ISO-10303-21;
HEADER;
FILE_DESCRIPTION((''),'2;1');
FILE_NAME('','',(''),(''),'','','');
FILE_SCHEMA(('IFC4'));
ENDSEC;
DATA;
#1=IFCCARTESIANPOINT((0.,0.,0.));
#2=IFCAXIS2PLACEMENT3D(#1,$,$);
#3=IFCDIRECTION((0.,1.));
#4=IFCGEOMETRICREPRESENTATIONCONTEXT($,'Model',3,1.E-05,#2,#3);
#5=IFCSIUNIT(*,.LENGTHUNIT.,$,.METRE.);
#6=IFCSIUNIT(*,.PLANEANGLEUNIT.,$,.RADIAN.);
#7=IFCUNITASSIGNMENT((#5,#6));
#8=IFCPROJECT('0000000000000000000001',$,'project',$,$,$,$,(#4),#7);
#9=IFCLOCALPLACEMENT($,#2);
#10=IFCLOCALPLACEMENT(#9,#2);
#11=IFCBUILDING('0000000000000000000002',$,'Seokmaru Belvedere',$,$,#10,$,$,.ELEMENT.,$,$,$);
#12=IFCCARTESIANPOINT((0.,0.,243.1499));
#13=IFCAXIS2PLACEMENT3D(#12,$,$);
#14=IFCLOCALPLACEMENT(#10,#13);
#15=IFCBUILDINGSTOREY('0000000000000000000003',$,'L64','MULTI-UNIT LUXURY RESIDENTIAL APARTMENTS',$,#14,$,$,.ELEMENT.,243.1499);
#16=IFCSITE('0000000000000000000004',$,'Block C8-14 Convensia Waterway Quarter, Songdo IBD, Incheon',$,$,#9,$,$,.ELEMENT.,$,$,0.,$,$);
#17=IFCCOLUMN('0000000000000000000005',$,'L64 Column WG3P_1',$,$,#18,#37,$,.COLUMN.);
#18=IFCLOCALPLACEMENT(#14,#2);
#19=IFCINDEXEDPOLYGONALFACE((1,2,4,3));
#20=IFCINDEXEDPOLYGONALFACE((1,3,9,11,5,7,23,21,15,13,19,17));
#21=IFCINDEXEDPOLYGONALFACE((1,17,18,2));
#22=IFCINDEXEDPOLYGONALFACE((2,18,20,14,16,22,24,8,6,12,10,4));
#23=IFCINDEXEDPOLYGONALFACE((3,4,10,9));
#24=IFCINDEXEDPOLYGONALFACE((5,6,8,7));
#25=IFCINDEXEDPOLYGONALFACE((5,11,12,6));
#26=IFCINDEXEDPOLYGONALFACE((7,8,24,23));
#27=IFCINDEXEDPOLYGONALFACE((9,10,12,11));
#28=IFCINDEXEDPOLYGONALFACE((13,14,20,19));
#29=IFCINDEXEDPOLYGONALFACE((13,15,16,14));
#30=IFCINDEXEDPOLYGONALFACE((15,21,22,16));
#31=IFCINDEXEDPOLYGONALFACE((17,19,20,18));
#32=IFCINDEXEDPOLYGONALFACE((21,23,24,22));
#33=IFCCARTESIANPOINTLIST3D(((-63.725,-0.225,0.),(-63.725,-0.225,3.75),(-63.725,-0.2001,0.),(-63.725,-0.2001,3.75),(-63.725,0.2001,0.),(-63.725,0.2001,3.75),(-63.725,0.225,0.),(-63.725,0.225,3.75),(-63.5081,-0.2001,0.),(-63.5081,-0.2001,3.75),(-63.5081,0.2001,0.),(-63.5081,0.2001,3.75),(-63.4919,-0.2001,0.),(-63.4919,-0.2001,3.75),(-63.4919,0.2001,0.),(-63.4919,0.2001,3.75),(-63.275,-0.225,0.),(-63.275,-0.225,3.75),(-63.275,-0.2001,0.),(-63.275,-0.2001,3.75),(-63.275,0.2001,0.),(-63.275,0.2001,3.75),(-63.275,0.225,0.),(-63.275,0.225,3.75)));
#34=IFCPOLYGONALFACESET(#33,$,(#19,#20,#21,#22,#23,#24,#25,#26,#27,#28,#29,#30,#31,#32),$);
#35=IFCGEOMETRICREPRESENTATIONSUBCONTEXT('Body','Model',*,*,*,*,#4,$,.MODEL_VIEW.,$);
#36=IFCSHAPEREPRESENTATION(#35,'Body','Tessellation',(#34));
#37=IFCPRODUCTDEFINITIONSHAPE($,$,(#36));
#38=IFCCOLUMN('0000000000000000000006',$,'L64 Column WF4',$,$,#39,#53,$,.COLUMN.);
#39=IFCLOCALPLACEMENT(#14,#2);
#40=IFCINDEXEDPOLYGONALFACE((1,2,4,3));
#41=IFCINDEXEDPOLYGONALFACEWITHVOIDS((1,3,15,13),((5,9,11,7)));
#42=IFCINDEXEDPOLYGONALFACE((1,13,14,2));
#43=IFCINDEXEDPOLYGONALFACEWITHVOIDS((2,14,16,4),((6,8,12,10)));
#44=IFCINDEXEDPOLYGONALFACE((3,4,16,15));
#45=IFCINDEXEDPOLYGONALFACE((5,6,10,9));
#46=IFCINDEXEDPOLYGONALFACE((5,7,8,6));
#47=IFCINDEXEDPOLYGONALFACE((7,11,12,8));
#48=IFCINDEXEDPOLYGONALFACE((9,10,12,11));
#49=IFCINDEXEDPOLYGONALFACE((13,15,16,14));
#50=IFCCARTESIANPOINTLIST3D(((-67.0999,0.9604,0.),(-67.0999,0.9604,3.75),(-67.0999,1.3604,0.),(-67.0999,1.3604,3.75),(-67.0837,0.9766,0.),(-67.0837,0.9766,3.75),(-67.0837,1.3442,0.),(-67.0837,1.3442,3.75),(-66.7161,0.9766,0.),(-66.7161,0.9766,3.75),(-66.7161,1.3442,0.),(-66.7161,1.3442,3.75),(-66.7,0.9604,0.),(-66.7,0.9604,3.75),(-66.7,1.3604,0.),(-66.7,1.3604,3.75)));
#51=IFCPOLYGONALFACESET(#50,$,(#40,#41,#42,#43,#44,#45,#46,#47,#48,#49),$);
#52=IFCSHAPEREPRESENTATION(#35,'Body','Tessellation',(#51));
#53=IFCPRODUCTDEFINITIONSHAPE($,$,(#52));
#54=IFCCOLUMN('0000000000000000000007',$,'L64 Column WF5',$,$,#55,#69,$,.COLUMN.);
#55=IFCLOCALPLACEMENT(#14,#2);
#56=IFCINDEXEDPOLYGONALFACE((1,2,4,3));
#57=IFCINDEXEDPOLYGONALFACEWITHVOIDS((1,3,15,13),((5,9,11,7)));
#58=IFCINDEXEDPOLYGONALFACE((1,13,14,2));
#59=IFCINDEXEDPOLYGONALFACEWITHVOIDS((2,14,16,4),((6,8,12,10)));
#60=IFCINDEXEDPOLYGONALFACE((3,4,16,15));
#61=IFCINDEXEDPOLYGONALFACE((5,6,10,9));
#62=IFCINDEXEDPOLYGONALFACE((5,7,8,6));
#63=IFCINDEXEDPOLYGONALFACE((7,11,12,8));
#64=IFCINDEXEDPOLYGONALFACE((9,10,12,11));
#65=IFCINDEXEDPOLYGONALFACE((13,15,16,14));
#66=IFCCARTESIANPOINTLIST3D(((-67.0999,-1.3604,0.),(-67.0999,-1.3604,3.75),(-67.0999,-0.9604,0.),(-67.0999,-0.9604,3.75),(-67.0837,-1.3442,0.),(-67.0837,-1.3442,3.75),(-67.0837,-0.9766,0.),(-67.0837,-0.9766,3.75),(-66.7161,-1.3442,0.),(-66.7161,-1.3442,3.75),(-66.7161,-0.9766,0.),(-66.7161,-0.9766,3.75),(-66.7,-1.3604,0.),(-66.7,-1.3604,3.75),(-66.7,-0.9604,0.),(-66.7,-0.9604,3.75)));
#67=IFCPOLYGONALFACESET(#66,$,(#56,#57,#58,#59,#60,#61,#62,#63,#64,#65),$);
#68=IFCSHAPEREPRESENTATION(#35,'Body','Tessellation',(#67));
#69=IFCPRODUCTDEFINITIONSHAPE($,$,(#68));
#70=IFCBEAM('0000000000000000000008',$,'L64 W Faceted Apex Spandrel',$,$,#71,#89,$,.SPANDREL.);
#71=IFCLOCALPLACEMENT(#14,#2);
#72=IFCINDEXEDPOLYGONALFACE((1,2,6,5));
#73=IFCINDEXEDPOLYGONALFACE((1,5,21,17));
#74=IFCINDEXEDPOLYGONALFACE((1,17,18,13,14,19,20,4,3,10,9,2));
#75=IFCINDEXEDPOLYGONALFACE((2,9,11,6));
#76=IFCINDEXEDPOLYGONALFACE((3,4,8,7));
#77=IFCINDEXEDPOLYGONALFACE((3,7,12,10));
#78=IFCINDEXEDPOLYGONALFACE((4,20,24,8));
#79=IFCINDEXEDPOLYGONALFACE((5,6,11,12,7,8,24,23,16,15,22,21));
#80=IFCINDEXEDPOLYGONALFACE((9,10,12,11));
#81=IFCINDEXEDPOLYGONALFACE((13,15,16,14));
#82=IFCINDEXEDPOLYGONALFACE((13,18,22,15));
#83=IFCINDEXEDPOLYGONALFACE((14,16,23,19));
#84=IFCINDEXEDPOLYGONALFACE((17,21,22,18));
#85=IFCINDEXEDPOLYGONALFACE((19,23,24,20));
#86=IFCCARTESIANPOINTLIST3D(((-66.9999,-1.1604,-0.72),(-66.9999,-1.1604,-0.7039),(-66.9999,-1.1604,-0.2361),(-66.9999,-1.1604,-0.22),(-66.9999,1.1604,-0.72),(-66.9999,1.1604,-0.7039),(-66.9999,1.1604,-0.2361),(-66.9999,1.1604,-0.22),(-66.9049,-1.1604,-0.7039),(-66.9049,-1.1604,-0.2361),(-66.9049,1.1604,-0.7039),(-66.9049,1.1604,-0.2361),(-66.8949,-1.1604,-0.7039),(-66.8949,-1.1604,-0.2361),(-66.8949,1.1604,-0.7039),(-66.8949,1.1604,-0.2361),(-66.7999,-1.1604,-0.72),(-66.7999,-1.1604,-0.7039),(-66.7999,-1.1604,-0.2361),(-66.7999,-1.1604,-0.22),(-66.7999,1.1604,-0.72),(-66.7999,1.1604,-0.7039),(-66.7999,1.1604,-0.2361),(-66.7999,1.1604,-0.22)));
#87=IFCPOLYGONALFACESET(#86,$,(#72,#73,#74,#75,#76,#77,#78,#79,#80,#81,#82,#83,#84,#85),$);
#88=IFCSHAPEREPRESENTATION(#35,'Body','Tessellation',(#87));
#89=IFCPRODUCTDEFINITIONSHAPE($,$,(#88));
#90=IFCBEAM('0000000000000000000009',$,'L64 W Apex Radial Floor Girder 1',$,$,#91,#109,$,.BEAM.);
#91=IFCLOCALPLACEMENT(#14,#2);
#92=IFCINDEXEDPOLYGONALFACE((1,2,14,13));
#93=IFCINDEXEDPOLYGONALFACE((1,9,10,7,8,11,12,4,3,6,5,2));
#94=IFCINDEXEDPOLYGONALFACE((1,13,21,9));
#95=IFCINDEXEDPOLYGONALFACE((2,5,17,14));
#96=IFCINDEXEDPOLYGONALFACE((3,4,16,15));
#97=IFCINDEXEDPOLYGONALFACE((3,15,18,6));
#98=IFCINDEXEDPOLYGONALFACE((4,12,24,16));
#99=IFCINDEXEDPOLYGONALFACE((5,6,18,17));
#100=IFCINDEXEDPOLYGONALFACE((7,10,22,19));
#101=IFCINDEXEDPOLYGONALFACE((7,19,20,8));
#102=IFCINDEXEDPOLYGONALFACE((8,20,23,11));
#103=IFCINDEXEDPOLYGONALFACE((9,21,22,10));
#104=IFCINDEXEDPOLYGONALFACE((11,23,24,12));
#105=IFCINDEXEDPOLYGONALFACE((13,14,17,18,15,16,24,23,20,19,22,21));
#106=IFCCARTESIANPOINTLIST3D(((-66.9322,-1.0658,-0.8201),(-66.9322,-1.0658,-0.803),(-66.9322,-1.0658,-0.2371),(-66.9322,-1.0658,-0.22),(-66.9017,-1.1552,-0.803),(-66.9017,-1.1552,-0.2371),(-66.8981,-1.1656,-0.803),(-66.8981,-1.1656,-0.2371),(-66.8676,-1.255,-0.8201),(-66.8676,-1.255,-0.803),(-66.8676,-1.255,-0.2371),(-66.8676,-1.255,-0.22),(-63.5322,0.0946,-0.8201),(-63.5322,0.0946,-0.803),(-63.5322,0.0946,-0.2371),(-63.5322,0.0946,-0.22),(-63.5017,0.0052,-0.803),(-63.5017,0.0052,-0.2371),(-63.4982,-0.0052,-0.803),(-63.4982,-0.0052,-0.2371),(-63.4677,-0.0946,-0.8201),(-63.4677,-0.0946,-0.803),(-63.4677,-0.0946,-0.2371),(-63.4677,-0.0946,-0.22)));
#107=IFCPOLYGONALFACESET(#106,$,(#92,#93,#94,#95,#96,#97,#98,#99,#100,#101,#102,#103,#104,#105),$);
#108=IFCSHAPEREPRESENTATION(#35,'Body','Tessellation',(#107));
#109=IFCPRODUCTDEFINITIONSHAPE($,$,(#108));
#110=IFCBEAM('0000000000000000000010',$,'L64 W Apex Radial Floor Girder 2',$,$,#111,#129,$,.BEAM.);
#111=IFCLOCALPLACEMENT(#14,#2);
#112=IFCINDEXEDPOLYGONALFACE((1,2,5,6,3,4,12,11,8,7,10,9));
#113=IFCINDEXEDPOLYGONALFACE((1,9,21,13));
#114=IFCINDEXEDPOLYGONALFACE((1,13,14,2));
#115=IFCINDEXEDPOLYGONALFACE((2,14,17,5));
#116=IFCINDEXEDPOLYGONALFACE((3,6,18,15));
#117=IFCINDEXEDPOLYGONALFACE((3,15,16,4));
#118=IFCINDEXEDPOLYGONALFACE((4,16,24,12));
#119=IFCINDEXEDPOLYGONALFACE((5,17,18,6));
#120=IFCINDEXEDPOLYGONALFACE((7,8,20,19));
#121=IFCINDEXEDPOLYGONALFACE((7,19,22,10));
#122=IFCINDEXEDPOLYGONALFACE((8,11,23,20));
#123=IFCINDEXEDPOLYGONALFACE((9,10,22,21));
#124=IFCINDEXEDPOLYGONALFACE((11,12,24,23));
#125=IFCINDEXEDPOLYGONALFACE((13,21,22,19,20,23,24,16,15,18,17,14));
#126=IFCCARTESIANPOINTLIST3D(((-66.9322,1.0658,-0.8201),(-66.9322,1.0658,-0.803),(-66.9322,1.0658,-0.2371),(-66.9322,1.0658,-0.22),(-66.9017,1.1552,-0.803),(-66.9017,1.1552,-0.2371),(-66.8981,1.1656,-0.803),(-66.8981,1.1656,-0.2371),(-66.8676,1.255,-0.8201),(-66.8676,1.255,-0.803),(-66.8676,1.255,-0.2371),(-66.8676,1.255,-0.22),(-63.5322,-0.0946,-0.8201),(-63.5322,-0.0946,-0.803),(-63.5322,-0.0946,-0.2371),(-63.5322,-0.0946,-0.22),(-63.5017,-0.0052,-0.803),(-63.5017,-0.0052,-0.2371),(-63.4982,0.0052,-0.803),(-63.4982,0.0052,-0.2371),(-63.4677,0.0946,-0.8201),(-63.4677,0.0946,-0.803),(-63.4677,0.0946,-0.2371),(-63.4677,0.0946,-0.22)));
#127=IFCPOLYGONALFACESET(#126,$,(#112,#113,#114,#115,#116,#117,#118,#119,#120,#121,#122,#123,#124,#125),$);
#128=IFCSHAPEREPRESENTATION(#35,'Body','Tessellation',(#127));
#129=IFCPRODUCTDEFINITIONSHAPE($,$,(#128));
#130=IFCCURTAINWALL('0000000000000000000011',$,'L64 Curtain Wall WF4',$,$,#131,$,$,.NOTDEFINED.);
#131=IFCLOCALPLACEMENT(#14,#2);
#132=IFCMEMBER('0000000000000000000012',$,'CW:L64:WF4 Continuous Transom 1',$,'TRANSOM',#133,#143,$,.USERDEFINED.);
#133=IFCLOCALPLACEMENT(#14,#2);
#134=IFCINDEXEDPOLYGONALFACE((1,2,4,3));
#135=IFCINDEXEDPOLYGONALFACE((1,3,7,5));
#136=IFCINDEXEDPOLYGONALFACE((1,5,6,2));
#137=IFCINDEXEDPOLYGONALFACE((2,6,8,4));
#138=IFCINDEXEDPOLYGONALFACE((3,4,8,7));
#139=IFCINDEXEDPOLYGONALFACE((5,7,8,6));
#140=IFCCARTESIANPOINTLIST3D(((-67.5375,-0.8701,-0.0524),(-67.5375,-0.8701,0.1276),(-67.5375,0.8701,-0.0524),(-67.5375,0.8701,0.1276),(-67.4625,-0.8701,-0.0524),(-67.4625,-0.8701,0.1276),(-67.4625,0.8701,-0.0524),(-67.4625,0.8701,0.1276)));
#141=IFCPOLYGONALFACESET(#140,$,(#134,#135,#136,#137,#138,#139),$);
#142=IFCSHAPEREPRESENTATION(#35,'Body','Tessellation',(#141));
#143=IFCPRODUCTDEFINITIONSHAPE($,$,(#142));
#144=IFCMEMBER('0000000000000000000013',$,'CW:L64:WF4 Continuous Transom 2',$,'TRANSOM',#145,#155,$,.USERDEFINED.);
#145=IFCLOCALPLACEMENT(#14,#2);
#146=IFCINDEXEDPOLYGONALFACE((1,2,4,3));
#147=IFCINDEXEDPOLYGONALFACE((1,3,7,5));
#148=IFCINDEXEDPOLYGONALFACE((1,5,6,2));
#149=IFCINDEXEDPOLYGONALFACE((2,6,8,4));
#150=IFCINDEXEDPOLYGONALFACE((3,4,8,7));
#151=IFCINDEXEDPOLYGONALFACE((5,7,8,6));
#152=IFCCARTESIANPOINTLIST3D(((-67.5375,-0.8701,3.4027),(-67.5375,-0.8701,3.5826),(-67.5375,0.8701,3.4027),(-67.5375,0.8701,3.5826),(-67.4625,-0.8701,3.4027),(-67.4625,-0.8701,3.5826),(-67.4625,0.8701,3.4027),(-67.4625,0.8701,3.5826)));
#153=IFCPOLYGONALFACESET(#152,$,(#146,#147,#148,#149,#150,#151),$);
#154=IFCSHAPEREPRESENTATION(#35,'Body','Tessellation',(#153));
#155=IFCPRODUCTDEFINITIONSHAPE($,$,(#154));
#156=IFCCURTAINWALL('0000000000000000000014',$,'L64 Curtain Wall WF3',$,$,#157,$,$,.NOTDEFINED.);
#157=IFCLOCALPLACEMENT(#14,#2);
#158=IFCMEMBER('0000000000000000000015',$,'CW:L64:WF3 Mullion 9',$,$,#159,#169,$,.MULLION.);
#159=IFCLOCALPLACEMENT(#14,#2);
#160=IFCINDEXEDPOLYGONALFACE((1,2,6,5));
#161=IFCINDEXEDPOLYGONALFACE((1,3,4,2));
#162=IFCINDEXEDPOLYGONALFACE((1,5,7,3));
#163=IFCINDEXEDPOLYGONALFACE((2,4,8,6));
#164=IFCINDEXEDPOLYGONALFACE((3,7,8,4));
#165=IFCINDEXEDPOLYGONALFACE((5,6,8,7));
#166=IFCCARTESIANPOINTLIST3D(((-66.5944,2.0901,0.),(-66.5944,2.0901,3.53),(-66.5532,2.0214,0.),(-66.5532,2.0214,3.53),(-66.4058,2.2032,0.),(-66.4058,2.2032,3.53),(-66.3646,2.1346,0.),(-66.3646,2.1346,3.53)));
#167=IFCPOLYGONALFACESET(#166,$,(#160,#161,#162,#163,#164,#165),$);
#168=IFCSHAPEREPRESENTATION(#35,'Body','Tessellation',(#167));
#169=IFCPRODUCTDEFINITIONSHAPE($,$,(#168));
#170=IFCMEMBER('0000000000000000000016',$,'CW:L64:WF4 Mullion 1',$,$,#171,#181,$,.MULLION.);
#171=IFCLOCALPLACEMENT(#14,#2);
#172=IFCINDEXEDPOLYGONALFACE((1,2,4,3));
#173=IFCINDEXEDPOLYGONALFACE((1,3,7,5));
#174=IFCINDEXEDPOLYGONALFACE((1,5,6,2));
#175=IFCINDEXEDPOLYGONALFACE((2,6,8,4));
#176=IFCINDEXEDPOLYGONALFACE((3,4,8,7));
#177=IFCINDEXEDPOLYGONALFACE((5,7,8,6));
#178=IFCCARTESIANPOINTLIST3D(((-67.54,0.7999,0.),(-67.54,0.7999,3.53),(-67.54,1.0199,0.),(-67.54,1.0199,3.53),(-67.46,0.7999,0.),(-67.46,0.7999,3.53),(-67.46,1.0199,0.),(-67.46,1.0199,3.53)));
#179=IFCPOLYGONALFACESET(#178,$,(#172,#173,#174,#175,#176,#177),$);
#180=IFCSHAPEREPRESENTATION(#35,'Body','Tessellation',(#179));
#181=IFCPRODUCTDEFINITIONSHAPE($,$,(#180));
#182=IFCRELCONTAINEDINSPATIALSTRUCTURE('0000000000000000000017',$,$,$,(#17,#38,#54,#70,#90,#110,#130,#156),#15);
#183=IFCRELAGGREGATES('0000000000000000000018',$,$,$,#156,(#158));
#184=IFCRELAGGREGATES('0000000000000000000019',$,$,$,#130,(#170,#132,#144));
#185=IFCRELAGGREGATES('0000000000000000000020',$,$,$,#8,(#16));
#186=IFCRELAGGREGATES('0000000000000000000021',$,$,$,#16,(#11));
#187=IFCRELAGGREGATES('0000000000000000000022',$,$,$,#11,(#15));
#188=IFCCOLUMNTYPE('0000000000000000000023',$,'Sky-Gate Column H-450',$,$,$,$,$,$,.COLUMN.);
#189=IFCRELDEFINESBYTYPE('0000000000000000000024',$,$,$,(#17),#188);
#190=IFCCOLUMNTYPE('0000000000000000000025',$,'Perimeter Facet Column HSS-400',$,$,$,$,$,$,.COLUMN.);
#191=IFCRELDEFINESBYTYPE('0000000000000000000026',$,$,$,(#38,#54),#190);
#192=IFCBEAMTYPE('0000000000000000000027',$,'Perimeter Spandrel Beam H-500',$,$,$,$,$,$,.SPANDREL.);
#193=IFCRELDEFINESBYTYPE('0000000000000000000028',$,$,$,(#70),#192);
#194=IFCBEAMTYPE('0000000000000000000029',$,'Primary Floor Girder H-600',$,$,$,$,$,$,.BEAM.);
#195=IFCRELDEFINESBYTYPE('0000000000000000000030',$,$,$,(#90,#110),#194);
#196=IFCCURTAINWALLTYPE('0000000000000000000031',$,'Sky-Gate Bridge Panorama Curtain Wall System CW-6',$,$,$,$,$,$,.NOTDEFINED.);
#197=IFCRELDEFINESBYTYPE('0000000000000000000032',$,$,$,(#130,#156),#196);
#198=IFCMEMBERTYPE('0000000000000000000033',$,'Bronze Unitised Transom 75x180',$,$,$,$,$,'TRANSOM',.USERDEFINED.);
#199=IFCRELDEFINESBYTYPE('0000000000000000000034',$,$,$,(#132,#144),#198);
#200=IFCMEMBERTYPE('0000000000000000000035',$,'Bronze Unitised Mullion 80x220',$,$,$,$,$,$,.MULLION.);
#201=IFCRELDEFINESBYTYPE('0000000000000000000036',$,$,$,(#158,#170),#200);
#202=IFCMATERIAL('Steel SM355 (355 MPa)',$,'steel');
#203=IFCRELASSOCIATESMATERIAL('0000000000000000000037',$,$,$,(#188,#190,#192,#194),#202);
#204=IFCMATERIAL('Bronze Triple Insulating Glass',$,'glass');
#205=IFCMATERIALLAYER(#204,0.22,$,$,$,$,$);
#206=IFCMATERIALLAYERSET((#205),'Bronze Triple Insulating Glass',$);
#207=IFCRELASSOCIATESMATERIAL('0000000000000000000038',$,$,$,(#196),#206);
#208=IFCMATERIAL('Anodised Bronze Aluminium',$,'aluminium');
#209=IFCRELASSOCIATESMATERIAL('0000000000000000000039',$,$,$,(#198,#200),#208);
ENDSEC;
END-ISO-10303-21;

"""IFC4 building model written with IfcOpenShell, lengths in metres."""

from ifc_helpers import new_model, si_unit, direction, frame, origin, origin_2d, place, context, subcontext, project, spatial, rectangle, hollow_rectangle, i_section, extrude, source, transform, mapped, material, layer, layer_set, material_profile, profile_set, type_object, type_shapes, element, aggregate, save


model = new_model("IFC4")

# Units and contexts
model_context = context("Model", 3, precision=1e-05, world=origin(), true_north=direction((0.0, 1.0)))
body_context = subcontext(model_context, "Body", "Model", "MODEL_VIEW")
ifc_project = project(units=[si_unit("LENGTHUNIT", "METRE"), si_unit("PLANEANGLEUNIT", "RADIAN")], contexts=[model_context])

# Site, building, storey
site_placement = place(None, origin())
site = spatial("IfcSite", under=ifc_project, at=site_placement, Name="Block C8-14 Convensia Waterway Quarter, Songdo IBD, Incheon", CompositionType="ELEMENT", RefElevation=0.0)
building_placement = place(site_placement, origin())
building = spatial("IfcBuilding", under=site, at=building_placement, Name="Seokmaru Belvedere", CompositionType="ELEMENT")
storey_placement = place(building_placement, frame((0.0, 0.0, 243.1499)))
storey = spatial("IfcBuildingStorey", under=building, at=storey_placement, Name="L64", Description="MULTI-UNIT LUXURY RESIDENTIAL APARTMENTS", CompositionType="ELEMENT", Elevation=243.1499)

# Columns
ifc_material_1 = material(Name="Steel SM355 (355 MPa)", Category="steel")
ifc_material_profile_1 = material_profile(ifc_material_1, i_section(OverallWidth=0.45, OverallDepth=0.45, WebThickness=0.0161, FlangeThickness=0.0249, at=origin_2d()), Name="H-450x450x16x25")
ifc_profile_set_1 = profile_set([ifc_material_profile_1], Name="Steel SM355 (355 MPa)")
column_type_1 = type_object("IfcColumnType", Name="Sky-Gate Column H-450", PredefinedType="COLUMN", material=ifc_profile_set_1)
shared_shape_1 = source(origin(), body_context, "Body", "SweptSolid", [
    extrude(i_section(OverallWidth=0.45, OverallDepth=0.45, WebThickness=0.0161, FlangeThickness=0.0249, at=origin_2d()), origin(), (0.0, 0.0, 1.0), 3.75),
])
type_shapes(column_type_1, [shared_shape_1])
column_placement = place(storey_placement, frame((-63.5, 0.0, 0.0), z_axis=(0.0, 0.0, 1.0), x_axis=(1.0, 0.0, 0.0)))
element("IfcColumn", 1, at=column_placement, inside=storey, type_object=column_type_1, Name="L64 Column WG3P_1", PredefinedType="COLUMN", context=body_context, shape_type="MappedRepresentation", body=[
    mapped(shared_shape_1, transform((0.0, 0.0, 0.0), scale=1.0)),
])
ifc_material_profile_2 = material_profile(ifc_material_1, hollow_rectangle(XDim=0.3999, YDim=0.3999, WallThickness=0.0161, at=origin_2d()), Name="HSS-400x400x16")
ifc_profile_set_2 = profile_set([ifc_material_profile_2], Name="Steel SM355 (355 MPa)")
column_type_2 = type_object("IfcColumnType", Name="Perimeter Facet Column HSS-400", PredefinedType="COLUMN", material=ifc_profile_set_2)
shared_shape_2 = source(origin(), body_context, "Body", "SweptSolid", [
    extrude(hollow_rectangle(XDim=0.3999, YDim=0.3999, WallThickness=0.0161, at=origin_2d()), origin(), (0.0, 0.0, 1.0), 3.75),
])
type_shapes(column_type_2, [shared_shape_2])
for number, where, z_axis, x_axis, name in (
    (2, (-66.8999, 1.1604, 0.0), (0.0, 0.0, 1.0), (1.0, 0.0, 0.0), "L64 Column WF4"),
    (3, (-66.8999, -1.1604, 0.0), (0.0, 0.0, 1.0), (1.0, 0.0, 0.0), "L64 Column WF5"),
):
    element("IfcColumn", number, at=place(storey_placement, frame(where, z_axis=z_axis, x_axis=x_axis)), inside=storey, type_object=column_type_2, Name=name, PredefinedType="COLUMN", context=body_context, shape_type="MappedRepresentation", body=[
        mapped(shared_shape_2, transform((0.0, 0.0, 0.0), scale=1.0)),
    ])

# Beams
ifc_material_profile_3 = material_profile(ifc_material_1, i_section(OverallWidth=0.2, OverallDepth=0.5, WebThickness=0.01, FlangeThickness=0.0161, at=origin_2d()), Name="H-500x200x10x16")
ifc_profile_set_3 = profile_set([ifc_material_profile_3], Name="Steel SM355 (355 MPa)")
beam_type_1 = type_object("IfcBeamType", Name="Perimeter Spandrel Beam H-500", PredefinedType="SPANDREL", material=ifc_profile_set_3)
shared_shape_3 = source(origin(), body_context, "Body", "SweptSolid", [
    extrude(i_section(OverallWidth=0.2, OverallDepth=0.5, WebThickness=0.01, FlangeThickness=0.0161, at=origin_2d()), origin(), (0.0, 0.0, 1.0), 2.3208),
])
type_shapes(beam_type_1, [shared_shape_3])
beam_placement = place(storey_placement, frame((-66.8999, -1.1604, -0.47), z_axis=(0.0, 1.0, 0.0), x_axis=(-1.0, 0.0, 0.0)))
element("IfcBeam", 4, at=beam_placement, inside=storey, type_object=beam_type_1, Name="L64 W Faceted Apex Spandrel", PredefinedType="SPANDREL", context=body_context, shape_type="MappedRepresentation", body=[
    mapped(shared_shape_3, transform((0.0, 0.0, 0.0), scale=1.0)),
])
ifc_material_profile_4 = material_profile(ifc_material_1, i_section(OverallWidth=0.2, OverallDepth=0.6001, WebThickness=0.011, FlangeThickness=0.0171, at=origin_2d()), Name="H-600x200x11x17")
ifc_profile_set_4 = profile_set([ifc_material_profile_4], Name="Steel SM355 (355 MPa)")
beam_type_2 = type_object("IfcBeamType", Name="Primary Floor Girder H-600", PredefinedType="BEAM", material=ifc_profile_set_4)
shared_shape_4 = source(origin(), body_context, "Body", "SweptSolid", [
    extrude(i_section(OverallWidth=0.2, OverallDepth=0.6001, WebThickness=0.011, FlangeThickness=0.0171, at=origin_2d()), origin(), (0.0, 0.0, 1.0), 3.5925),
])
type_shapes(beam_type_2, [shared_shape_4])
for number, where, z_axis, x_axis, name in (
    (5, (-66.8999, -1.1604, -0.52), (0.946396, 0.323009, 0.0), (-0.323009, 0.946396, 0.0), "L64 W Apex Radial Floor Girder 1"),
    (6, (-66.8999, 1.1604, -0.52), (0.946396, -0.323009, 0.0), (0.323009, 0.946396, 0.0), "L64 W Apex Radial Floor Girder 2"),
):
    element("IfcBeam", number, at=place(storey_placement, frame(where, z_axis=z_axis, x_axis=x_axis)), inside=storey, type_object=beam_type_2, Name=name, PredefinedType="BEAM", context=body_context, shape_type="MappedRepresentation", body=[
        mapped(shared_shape_4, transform((0.0, 0.0, 0.0), scale=1.0)),
    ])

# Curtain wall, members
ifc_material_2 = material(Name="Bronze Triple Insulating Glass", Category="glass")
ifc_layer_1 = layer(ifc_material_2, 0.22)
ifc_layer_set_1 = layer_set([ifc_layer_1], Name="Bronze Triple Insulating Glass")
curtain_wall_type = type_object("IfcCurtainWallType", Name="Sky-Gate Bridge Panorama Curtain Wall System CW-6", PredefinedType="NOTDEFINED", material=ifc_layer_set_1)
curtain_wall_1_placement = place(storey_placement, origin())
curtain_wall_1 = element("IfcCurtainWall", 7, at=curtain_wall_1_placement, inside=storey, type_object=curtain_wall_type, Name="L64 Curtain Wall WF4", PredefinedType="NOTDEFINED")
ifc_material_3 = material(Name="Anodised Bronze Aluminium", Category="aluminium")
ifc_material_profile_5 = material_profile(ifc_material_3, rectangle(XDim=0.075, YDim=0.1799, at=origin_2d()), Name="CW-T-75x180")
ifc_profile_set_5 = profile_set([ifc_material_profile_5], Name="Anodised Bronze Aluminium")
member_type_1 = type_object("IfcMemberType", Name="Bronze Unitised Transom 75x180", ElementType="TRANSOM", PredefinedType="USERDEFINED", material=ifc_profile_set_5)
shared_shape_5 = source(origin(), body_context, "Body", "SweptSolid", [
    extrude(rectangle(XDim=0.075, YDim=0.1799, at=origin_2d()), origin(), (0.0, 0.0, 1.0), 1.7402),
])
type_shapes(member_type_1, [shared_shape_5])
member_1_placement = place(storey_placement, frame((-67.5, 0.8701, 0.0376), z_axis=(0.0, -1.0, 0.0), x_axis=(1.0, 0.0, 0.0)))
member_1 = element("IfcMember", 8, at=member_1_placement, type_object=member_type_1, Name="CW:L64:WF4 Continuous Transom 1", ObjectType="TRANSOM", PredefinedType="USERDEFINED", context=body_context, shape_type="MappedRepresentation", body=[
    mapped(shared_shape_5, transform((0.0, 0.0, 0.0), scale=1.0)),
])
member_2_placement = place(storey_placement, frame((-67.5, 0.8701, 3.4927), z_axis=(0.0, -1.0, 0.0), x_axis=(1.0, 0.0, 0.0)))
member_2 = element("IfcMember", 9, at=member_2_placement, type_object=member_type_1, Name="CW:L64:WF4 Continuous Transom 2", ObjectType="TRANSOM", PredefinedType="USERDEFINED", context=body_context, shape_type="MappedRepresentation", body=[
    mapped(shared_shape_5, transform((0.0, 0.0, 0.0), scale=1.0)),
])

# Curtain wall, member
curtain_wall_2_placement = place(storey_placement, origin())
curtain_wall_2 = element("IfcCurtainWall", 10, at=curtain_wall_2_placement, inside=storey, type_object=curtain_wall_type, Name="L64 Curtain Wall WF3", PredefinedType="NOTDEFINED")
ifc_material_profile_6 = material_profile(ifc_material_3, rectangle(XDim=0.0801, YDim=0.22, at=origin_2d()), Name="CW-M-80x220")
ifc_profile_set_6 = profile_set([ifc_material_profile_6], Name="Anodised Bronze Aluminium")
member_type_2 = type_object("IfcMemberType", Name="Bronze Unitised Mullion 80x220", PredefinedType="MULLION", material=ifc_profile_set_6)
shared_shape_6 = source(origin(), body_context, "Body", "SweptSolid", [
    extrude(rectangle(XDim=0.0801, YDim=0.22, at=origin_2d()), origin(), (0.0, 0.0, 1.0), 3.53),
])
member_3_placement = place(storey_placement, frame((-66.4795, 2.1123, 0.0), z_axis=(0.0, 0.0, 1.0), x_axis=(0.514495, -0.857493, 0.0)))
member_3 = element("IfcMember", 11, at=member_3_placement, type_object=member_type_2, Name="CW:L64:WF3 Mullion 9", PredefinedType="MULLION", context=body_context, shape_type="MappedRepresentation", body=[
    mapped(shared_shape_6, transform((0.0, 0.0, 0.0), scale=1.0)),
])

# Member
member_4_placement = place(storey_placement, frame((-67.5, 0.9099, 0.0), z_axis=(0.0, 0.0, 1.0), x_axis=(1.0, 0.0, 0.0)))
member_4 = element("IfcMember", 12, at=member_4_placement, type_object=member_type_2, Name="CW:L64:WF4 Mullion 1", PredefinedType="MULLION", context=body_context, shape_type="MappedRepresentation", body=[
    mapped(shared_shape_6, transform((0.0, 0.0, 0.0), scale=1.0)),
])

aggregate(curtain_wall_2, [member_3])
aggregate(curtain_wall_1, [member_4, member_1, member_2])

save(model, "model.ifc")
